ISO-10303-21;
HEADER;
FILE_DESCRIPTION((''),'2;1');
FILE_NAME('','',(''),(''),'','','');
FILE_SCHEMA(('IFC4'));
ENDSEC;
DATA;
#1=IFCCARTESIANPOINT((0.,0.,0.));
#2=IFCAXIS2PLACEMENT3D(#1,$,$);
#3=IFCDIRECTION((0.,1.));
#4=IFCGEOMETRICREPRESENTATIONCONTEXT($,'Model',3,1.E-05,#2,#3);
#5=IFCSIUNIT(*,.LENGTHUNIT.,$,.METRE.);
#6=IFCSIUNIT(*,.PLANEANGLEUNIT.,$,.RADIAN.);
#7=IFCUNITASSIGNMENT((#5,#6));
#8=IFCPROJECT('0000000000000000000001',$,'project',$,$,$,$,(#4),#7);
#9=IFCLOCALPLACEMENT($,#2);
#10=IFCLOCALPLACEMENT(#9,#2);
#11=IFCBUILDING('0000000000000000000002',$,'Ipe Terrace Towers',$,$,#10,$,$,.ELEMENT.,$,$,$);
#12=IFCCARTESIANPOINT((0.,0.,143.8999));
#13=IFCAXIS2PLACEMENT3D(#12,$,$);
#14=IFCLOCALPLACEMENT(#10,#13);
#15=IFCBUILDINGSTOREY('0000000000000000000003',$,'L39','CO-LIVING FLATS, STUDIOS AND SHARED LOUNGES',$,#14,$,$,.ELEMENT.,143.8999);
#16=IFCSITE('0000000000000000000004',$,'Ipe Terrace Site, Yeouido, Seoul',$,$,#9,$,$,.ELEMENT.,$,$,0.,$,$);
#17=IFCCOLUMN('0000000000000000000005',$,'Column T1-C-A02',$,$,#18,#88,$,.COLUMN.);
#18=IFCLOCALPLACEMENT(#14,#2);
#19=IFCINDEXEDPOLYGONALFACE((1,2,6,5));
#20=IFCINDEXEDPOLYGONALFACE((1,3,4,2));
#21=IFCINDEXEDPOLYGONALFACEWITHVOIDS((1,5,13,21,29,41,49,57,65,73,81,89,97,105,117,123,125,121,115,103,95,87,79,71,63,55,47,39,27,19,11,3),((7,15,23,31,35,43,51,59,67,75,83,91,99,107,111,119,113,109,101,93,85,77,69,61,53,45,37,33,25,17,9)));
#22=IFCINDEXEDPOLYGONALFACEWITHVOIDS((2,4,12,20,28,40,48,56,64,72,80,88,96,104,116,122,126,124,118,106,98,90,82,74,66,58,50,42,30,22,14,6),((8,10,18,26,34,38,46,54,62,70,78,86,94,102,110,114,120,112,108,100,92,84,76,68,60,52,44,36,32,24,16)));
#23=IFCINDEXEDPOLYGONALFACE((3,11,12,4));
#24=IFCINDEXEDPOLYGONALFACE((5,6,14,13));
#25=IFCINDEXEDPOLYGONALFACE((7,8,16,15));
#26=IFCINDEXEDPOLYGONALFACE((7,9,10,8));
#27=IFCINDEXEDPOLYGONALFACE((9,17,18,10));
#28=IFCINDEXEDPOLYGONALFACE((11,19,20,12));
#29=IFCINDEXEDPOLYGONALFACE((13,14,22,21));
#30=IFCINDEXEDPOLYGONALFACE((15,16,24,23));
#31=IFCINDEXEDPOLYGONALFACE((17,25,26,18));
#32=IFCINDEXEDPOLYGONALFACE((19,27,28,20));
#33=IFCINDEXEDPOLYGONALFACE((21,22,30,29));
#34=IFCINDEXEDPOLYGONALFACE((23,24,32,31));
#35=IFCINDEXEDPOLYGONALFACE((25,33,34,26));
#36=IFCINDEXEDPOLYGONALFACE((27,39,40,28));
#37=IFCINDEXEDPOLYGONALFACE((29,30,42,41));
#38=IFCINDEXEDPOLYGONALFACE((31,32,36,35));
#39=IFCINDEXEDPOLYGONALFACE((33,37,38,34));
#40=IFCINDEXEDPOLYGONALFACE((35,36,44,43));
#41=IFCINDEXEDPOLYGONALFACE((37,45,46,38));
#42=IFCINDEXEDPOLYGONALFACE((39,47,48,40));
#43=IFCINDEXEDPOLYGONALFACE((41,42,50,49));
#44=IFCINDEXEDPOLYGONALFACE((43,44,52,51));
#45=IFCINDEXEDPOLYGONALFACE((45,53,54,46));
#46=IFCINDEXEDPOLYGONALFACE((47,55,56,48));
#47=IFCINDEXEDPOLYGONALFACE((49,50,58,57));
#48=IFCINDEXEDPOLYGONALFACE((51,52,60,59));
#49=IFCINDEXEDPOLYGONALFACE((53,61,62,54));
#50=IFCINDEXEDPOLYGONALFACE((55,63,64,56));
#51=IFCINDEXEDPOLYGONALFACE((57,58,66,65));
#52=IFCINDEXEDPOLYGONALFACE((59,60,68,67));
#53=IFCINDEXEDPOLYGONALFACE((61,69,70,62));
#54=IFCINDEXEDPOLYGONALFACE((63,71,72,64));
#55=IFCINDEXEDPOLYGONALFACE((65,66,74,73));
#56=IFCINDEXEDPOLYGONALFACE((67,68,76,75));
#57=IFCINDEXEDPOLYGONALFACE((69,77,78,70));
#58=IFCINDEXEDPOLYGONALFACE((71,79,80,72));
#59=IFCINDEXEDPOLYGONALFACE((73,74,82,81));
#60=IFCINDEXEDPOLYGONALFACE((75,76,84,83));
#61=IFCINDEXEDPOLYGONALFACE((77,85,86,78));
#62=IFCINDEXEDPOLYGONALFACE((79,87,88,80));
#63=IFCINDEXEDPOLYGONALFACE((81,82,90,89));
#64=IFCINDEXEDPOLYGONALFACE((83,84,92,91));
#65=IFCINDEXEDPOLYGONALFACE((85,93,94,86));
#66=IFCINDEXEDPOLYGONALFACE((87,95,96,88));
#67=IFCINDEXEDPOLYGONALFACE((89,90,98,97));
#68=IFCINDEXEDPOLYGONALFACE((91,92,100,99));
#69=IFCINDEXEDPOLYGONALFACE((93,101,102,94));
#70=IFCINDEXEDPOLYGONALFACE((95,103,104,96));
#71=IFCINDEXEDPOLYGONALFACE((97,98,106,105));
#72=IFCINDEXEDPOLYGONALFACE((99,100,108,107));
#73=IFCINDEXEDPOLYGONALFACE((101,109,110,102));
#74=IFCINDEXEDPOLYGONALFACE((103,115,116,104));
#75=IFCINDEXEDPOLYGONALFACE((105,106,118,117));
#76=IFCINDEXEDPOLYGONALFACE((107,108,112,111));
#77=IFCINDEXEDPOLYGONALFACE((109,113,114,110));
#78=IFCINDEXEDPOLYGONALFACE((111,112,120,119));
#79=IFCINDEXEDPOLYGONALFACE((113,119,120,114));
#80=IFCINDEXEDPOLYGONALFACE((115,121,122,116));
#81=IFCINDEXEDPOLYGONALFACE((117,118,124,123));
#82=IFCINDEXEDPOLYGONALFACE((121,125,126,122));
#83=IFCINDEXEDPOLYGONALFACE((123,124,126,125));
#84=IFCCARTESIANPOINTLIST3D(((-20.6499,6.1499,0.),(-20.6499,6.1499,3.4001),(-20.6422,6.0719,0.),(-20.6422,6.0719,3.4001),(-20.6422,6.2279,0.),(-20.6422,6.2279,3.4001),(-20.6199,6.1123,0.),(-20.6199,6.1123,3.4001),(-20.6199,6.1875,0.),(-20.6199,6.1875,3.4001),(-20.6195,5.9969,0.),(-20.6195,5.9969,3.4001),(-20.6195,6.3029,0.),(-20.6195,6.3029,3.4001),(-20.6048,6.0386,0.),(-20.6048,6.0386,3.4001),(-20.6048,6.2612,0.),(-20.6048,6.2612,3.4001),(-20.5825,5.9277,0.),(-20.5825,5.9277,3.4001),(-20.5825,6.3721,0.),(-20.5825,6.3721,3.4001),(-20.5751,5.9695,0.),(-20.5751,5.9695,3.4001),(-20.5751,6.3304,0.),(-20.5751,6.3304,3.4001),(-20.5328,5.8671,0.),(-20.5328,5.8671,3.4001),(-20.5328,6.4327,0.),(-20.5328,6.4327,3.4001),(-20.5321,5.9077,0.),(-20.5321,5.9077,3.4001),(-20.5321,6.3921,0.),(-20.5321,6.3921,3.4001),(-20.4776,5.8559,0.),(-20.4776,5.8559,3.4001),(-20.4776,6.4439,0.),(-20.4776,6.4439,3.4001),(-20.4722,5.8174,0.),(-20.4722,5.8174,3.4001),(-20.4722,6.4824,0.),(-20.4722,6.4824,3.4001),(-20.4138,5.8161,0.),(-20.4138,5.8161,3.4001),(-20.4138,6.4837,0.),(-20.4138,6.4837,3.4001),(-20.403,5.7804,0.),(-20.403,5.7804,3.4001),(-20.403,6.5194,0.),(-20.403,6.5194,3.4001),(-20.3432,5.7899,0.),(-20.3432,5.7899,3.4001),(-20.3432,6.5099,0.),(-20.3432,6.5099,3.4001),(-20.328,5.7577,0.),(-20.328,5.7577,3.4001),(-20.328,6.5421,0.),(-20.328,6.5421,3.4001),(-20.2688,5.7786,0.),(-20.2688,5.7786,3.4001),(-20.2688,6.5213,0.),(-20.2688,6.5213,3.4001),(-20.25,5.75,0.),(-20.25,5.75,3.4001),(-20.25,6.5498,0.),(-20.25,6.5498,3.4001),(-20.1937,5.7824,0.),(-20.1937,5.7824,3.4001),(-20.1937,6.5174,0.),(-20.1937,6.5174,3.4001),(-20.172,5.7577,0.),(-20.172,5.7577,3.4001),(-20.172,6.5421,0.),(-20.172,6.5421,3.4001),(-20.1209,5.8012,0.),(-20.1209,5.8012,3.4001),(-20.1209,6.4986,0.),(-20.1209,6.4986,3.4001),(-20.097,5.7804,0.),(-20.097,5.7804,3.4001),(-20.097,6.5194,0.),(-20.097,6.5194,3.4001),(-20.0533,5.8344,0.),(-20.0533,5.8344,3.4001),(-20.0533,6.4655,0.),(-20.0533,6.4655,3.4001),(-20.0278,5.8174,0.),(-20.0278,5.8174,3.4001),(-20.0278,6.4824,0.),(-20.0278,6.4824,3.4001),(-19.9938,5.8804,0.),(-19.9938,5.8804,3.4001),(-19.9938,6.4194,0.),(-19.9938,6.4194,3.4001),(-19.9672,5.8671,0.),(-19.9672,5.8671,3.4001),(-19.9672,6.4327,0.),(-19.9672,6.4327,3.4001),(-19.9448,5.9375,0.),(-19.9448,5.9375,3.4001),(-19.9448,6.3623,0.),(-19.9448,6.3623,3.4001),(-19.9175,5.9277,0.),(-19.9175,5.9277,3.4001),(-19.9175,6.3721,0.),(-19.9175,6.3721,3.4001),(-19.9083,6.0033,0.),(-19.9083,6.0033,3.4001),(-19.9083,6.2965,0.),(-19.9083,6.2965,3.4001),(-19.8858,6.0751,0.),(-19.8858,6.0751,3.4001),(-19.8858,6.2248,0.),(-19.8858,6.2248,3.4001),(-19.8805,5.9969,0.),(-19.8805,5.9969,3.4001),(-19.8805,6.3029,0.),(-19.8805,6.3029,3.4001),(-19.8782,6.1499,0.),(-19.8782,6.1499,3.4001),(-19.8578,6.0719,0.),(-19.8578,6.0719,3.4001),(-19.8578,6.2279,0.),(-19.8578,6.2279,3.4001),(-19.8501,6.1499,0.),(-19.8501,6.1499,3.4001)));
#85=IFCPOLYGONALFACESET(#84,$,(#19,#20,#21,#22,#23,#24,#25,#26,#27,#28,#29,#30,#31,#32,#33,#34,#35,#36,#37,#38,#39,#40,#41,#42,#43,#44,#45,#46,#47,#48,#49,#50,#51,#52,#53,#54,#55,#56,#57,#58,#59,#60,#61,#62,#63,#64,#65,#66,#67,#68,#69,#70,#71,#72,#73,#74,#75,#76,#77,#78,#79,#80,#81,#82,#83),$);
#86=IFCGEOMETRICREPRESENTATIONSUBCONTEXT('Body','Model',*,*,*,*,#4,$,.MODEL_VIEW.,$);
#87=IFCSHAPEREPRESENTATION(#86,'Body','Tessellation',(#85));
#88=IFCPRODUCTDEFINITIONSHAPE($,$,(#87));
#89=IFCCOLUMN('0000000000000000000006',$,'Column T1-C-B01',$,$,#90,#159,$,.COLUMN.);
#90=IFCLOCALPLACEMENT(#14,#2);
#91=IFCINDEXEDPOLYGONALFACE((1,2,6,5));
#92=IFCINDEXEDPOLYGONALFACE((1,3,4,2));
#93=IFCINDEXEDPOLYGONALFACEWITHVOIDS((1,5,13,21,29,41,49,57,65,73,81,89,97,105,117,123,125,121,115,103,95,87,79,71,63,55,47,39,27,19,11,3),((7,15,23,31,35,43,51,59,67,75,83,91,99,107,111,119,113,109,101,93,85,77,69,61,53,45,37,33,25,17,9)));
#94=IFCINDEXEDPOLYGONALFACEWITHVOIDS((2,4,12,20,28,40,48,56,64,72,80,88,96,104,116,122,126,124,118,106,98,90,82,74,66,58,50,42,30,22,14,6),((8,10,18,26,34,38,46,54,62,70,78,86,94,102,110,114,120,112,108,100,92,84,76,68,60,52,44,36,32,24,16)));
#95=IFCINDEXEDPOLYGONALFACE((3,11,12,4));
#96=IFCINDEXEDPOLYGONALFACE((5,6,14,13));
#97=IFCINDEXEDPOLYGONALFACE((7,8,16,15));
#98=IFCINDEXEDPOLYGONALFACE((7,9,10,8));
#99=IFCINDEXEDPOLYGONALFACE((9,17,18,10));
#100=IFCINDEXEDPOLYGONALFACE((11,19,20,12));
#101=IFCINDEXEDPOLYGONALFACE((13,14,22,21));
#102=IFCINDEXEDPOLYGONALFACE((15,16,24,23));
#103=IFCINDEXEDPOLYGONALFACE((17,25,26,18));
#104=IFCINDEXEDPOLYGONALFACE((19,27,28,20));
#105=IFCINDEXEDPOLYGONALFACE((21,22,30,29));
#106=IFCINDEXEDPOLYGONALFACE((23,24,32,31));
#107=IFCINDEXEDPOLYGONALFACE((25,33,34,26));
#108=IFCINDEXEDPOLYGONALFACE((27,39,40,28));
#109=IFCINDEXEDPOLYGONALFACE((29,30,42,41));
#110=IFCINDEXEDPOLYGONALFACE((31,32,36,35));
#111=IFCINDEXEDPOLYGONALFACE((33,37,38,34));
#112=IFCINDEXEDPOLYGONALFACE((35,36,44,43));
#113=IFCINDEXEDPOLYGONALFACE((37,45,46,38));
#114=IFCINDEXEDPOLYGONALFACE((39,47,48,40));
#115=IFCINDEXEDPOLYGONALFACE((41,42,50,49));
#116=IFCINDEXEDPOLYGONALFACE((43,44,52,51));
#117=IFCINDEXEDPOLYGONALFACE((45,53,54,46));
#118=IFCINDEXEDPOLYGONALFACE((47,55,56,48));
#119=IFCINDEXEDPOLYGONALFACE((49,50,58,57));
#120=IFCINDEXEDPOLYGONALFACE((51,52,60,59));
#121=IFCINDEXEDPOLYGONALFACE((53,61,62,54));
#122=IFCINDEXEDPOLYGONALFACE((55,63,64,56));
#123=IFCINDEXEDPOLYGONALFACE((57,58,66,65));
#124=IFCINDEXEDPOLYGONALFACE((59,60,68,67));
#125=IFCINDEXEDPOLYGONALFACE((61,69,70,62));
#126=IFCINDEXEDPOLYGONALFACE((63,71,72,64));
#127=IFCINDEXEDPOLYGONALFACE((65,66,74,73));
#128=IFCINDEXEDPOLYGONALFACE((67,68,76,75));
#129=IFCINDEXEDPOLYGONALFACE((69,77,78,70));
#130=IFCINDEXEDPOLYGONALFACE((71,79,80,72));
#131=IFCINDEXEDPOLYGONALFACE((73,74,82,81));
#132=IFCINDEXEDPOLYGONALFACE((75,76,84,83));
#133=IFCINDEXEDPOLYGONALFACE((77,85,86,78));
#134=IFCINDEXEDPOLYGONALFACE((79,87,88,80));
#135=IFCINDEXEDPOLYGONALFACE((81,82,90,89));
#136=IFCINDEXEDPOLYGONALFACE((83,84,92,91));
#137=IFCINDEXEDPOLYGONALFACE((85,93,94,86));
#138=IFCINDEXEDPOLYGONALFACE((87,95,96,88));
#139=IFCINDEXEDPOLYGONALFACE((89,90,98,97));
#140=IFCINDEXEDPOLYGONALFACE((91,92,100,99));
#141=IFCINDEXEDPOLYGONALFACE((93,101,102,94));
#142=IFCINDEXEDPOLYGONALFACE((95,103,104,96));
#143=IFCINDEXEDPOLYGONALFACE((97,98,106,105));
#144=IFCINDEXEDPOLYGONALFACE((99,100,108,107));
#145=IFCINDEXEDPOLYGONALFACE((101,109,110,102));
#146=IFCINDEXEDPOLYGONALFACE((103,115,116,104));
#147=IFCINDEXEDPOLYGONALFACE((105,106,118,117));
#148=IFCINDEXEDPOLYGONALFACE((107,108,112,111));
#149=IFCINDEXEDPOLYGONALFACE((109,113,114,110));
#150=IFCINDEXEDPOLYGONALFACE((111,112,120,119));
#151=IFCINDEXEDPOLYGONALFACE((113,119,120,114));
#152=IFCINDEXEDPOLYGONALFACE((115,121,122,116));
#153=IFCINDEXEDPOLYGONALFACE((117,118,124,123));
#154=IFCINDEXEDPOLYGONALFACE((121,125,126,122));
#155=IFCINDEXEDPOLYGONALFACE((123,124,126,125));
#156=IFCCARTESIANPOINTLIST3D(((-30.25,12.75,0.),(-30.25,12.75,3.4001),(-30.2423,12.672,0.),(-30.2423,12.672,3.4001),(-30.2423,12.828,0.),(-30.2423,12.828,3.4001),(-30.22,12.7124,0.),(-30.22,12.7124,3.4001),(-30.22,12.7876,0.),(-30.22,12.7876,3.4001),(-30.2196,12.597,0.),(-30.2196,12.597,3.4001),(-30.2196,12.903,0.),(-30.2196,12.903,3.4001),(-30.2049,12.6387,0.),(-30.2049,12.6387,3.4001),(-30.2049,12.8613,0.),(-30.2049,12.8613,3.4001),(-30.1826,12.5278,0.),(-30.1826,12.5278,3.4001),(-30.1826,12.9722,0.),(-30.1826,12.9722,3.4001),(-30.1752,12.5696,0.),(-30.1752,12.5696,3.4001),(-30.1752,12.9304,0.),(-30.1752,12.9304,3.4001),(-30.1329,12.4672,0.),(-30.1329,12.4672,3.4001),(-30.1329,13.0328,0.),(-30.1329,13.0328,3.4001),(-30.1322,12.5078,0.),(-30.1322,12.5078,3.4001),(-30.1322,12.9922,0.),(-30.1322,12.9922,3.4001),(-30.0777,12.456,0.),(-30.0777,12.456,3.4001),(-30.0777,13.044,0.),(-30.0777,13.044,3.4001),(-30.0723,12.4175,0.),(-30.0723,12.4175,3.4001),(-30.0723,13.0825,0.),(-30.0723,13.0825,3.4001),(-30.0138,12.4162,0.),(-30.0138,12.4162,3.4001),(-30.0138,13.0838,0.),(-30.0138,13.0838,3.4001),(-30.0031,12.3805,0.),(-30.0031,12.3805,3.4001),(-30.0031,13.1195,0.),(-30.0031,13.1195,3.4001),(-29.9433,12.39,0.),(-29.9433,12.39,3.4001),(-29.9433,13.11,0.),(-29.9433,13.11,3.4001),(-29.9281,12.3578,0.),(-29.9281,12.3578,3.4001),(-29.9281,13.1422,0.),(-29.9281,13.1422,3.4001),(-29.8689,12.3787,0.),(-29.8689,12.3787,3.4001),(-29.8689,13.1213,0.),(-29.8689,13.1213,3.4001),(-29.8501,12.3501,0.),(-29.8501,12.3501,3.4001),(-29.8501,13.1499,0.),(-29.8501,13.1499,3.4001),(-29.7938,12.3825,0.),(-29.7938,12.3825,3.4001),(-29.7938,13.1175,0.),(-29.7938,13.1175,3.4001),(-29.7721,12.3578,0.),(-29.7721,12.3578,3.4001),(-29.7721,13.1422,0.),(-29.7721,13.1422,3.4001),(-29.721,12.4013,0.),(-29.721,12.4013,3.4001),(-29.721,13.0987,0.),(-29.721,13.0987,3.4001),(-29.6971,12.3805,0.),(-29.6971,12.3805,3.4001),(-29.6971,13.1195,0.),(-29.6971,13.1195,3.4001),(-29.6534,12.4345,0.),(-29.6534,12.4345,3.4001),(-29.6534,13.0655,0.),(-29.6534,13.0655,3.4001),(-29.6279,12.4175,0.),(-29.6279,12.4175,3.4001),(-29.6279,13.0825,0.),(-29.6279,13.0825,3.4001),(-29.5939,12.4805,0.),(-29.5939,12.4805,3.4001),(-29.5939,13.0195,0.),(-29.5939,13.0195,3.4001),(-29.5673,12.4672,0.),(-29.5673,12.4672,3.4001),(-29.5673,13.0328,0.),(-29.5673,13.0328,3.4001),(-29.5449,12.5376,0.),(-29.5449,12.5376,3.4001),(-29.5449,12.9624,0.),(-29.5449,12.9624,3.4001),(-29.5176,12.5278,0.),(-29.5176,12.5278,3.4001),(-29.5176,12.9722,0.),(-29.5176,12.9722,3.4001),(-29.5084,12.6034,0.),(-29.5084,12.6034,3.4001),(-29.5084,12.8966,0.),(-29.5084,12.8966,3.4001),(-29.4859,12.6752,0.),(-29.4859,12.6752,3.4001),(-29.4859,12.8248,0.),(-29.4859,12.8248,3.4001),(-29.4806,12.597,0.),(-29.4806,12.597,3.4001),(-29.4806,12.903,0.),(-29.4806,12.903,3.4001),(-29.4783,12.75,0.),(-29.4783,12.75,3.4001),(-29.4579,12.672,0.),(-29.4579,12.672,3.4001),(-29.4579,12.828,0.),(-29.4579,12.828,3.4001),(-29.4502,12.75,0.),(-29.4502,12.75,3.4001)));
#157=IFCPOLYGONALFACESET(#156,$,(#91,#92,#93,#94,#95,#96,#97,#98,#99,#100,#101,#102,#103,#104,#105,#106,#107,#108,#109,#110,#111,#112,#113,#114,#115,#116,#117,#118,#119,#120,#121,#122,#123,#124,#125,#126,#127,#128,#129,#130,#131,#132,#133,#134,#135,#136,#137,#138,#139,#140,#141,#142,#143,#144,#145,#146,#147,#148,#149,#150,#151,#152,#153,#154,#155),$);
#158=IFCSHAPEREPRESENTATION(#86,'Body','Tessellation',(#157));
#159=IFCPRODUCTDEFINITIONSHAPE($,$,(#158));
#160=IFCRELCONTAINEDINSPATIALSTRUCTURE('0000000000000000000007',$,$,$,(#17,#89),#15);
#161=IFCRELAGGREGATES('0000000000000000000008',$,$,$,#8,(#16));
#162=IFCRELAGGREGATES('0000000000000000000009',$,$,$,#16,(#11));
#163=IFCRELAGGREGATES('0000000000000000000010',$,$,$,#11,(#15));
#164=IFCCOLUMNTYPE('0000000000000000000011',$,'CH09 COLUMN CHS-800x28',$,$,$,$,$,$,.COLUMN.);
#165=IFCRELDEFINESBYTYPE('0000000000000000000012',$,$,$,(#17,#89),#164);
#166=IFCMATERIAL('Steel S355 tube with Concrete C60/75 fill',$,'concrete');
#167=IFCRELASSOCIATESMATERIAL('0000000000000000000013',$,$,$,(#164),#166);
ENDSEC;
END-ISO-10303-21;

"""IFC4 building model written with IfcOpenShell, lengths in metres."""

from ifc_helpers import new_model, si_unit, direction, frame, origin, origin_2d, place, context, subcontext, project, spatial, hollow_circle, extrude, material, material_profile, profile_set, type_object, element, save


model = new_model("IFC4")

# Units and contexts
model_context = context("Model", 3, precision=1e-05, world=origin(), true_north=direction((0.0, 1.0)))
body_context = subcontext(model_context, "Body", "Model", "MODEL_VIEW")
ifc_project = project(units=[si_unit("LENGTHUNIT", "METRE"), si_unit("PLANEANGLEUNIT", "RADIAN")], contexts=[model_context])

# Site, building, storey
site_placement = place(None, origin())
site = spatial("IfcSite", under=ifc_project, at=site_placement, Name="Ipe Terrace Site, Yeouido, Seoul", CompositionType="ELEMENT", RefElevation=0.0)
building_placement = place(site_placement, origin())
building = spatial("IfcBuilding", under=site, at=building_placement, Name="Ipe Terrace Towers", CompositionType="ELEMENT")
storey_placement = place(building_placement, frame((0.0, 0.0, 143.8999)))
storey = spatial("IfcBuildingStorey", under=building, at=storey_placement, Name="L39", Description="CO-LIVING FLATS, STUDIOS AND SHARED LOUNGES", CompositionType="ELEMENT", Elevation=143.8999)

# Columns
ifc_material_1 = material(Name="Steel S355 tube with Concrete C60/75 fill", Category="concrete")
ifc_material_profile_1 = material_profile(ifc_material_1, hollow_circle(Radius=0.3999, WallThickness=0.0281, at=origin_2d()), Name="CHS-800x28")
ifc_profile_set_1 = profile_set([ifc_material_profile_1], Name="Steel S355 tube with Concrete C60/75 fill")
column_type_1 = type_object("IfcColumnType", Name="CH09 COLUMN CHS-800x28", PredefinedType="COLUMN", material=ifc_profile_set_1)
for number, where, z_axis, x_axis, name in (
    (1, (-20.25, 6.1499, 0.0), (0.0, 0.0, 1.0), (1.0, 0.0, 0.0), "Column T1-C-A02"),
    (2, (-29.8501, 12.75, 0.0), (0.0, 0.0, 1.0), (1.0, 0.0, 0.0), "Column T1-C-B01"),
):
    element("IfcColumn", number, at=place(storey_placement, frame(where, z_axis=z_axis, x_axis=x_axis)), inside=storey, type_object=column_type_1, Name=name, PredefinedType="COLUMN", context=body_context, shape_type="SweptSolid", body=[
        extrude(hollow_circle(Radius=0.3999, WallThickness=0.0281, at=origin_2d()), origin(), (0.0, 0.0, 1.0), 3.4001),
    ])

save(model, "model.ifc")
